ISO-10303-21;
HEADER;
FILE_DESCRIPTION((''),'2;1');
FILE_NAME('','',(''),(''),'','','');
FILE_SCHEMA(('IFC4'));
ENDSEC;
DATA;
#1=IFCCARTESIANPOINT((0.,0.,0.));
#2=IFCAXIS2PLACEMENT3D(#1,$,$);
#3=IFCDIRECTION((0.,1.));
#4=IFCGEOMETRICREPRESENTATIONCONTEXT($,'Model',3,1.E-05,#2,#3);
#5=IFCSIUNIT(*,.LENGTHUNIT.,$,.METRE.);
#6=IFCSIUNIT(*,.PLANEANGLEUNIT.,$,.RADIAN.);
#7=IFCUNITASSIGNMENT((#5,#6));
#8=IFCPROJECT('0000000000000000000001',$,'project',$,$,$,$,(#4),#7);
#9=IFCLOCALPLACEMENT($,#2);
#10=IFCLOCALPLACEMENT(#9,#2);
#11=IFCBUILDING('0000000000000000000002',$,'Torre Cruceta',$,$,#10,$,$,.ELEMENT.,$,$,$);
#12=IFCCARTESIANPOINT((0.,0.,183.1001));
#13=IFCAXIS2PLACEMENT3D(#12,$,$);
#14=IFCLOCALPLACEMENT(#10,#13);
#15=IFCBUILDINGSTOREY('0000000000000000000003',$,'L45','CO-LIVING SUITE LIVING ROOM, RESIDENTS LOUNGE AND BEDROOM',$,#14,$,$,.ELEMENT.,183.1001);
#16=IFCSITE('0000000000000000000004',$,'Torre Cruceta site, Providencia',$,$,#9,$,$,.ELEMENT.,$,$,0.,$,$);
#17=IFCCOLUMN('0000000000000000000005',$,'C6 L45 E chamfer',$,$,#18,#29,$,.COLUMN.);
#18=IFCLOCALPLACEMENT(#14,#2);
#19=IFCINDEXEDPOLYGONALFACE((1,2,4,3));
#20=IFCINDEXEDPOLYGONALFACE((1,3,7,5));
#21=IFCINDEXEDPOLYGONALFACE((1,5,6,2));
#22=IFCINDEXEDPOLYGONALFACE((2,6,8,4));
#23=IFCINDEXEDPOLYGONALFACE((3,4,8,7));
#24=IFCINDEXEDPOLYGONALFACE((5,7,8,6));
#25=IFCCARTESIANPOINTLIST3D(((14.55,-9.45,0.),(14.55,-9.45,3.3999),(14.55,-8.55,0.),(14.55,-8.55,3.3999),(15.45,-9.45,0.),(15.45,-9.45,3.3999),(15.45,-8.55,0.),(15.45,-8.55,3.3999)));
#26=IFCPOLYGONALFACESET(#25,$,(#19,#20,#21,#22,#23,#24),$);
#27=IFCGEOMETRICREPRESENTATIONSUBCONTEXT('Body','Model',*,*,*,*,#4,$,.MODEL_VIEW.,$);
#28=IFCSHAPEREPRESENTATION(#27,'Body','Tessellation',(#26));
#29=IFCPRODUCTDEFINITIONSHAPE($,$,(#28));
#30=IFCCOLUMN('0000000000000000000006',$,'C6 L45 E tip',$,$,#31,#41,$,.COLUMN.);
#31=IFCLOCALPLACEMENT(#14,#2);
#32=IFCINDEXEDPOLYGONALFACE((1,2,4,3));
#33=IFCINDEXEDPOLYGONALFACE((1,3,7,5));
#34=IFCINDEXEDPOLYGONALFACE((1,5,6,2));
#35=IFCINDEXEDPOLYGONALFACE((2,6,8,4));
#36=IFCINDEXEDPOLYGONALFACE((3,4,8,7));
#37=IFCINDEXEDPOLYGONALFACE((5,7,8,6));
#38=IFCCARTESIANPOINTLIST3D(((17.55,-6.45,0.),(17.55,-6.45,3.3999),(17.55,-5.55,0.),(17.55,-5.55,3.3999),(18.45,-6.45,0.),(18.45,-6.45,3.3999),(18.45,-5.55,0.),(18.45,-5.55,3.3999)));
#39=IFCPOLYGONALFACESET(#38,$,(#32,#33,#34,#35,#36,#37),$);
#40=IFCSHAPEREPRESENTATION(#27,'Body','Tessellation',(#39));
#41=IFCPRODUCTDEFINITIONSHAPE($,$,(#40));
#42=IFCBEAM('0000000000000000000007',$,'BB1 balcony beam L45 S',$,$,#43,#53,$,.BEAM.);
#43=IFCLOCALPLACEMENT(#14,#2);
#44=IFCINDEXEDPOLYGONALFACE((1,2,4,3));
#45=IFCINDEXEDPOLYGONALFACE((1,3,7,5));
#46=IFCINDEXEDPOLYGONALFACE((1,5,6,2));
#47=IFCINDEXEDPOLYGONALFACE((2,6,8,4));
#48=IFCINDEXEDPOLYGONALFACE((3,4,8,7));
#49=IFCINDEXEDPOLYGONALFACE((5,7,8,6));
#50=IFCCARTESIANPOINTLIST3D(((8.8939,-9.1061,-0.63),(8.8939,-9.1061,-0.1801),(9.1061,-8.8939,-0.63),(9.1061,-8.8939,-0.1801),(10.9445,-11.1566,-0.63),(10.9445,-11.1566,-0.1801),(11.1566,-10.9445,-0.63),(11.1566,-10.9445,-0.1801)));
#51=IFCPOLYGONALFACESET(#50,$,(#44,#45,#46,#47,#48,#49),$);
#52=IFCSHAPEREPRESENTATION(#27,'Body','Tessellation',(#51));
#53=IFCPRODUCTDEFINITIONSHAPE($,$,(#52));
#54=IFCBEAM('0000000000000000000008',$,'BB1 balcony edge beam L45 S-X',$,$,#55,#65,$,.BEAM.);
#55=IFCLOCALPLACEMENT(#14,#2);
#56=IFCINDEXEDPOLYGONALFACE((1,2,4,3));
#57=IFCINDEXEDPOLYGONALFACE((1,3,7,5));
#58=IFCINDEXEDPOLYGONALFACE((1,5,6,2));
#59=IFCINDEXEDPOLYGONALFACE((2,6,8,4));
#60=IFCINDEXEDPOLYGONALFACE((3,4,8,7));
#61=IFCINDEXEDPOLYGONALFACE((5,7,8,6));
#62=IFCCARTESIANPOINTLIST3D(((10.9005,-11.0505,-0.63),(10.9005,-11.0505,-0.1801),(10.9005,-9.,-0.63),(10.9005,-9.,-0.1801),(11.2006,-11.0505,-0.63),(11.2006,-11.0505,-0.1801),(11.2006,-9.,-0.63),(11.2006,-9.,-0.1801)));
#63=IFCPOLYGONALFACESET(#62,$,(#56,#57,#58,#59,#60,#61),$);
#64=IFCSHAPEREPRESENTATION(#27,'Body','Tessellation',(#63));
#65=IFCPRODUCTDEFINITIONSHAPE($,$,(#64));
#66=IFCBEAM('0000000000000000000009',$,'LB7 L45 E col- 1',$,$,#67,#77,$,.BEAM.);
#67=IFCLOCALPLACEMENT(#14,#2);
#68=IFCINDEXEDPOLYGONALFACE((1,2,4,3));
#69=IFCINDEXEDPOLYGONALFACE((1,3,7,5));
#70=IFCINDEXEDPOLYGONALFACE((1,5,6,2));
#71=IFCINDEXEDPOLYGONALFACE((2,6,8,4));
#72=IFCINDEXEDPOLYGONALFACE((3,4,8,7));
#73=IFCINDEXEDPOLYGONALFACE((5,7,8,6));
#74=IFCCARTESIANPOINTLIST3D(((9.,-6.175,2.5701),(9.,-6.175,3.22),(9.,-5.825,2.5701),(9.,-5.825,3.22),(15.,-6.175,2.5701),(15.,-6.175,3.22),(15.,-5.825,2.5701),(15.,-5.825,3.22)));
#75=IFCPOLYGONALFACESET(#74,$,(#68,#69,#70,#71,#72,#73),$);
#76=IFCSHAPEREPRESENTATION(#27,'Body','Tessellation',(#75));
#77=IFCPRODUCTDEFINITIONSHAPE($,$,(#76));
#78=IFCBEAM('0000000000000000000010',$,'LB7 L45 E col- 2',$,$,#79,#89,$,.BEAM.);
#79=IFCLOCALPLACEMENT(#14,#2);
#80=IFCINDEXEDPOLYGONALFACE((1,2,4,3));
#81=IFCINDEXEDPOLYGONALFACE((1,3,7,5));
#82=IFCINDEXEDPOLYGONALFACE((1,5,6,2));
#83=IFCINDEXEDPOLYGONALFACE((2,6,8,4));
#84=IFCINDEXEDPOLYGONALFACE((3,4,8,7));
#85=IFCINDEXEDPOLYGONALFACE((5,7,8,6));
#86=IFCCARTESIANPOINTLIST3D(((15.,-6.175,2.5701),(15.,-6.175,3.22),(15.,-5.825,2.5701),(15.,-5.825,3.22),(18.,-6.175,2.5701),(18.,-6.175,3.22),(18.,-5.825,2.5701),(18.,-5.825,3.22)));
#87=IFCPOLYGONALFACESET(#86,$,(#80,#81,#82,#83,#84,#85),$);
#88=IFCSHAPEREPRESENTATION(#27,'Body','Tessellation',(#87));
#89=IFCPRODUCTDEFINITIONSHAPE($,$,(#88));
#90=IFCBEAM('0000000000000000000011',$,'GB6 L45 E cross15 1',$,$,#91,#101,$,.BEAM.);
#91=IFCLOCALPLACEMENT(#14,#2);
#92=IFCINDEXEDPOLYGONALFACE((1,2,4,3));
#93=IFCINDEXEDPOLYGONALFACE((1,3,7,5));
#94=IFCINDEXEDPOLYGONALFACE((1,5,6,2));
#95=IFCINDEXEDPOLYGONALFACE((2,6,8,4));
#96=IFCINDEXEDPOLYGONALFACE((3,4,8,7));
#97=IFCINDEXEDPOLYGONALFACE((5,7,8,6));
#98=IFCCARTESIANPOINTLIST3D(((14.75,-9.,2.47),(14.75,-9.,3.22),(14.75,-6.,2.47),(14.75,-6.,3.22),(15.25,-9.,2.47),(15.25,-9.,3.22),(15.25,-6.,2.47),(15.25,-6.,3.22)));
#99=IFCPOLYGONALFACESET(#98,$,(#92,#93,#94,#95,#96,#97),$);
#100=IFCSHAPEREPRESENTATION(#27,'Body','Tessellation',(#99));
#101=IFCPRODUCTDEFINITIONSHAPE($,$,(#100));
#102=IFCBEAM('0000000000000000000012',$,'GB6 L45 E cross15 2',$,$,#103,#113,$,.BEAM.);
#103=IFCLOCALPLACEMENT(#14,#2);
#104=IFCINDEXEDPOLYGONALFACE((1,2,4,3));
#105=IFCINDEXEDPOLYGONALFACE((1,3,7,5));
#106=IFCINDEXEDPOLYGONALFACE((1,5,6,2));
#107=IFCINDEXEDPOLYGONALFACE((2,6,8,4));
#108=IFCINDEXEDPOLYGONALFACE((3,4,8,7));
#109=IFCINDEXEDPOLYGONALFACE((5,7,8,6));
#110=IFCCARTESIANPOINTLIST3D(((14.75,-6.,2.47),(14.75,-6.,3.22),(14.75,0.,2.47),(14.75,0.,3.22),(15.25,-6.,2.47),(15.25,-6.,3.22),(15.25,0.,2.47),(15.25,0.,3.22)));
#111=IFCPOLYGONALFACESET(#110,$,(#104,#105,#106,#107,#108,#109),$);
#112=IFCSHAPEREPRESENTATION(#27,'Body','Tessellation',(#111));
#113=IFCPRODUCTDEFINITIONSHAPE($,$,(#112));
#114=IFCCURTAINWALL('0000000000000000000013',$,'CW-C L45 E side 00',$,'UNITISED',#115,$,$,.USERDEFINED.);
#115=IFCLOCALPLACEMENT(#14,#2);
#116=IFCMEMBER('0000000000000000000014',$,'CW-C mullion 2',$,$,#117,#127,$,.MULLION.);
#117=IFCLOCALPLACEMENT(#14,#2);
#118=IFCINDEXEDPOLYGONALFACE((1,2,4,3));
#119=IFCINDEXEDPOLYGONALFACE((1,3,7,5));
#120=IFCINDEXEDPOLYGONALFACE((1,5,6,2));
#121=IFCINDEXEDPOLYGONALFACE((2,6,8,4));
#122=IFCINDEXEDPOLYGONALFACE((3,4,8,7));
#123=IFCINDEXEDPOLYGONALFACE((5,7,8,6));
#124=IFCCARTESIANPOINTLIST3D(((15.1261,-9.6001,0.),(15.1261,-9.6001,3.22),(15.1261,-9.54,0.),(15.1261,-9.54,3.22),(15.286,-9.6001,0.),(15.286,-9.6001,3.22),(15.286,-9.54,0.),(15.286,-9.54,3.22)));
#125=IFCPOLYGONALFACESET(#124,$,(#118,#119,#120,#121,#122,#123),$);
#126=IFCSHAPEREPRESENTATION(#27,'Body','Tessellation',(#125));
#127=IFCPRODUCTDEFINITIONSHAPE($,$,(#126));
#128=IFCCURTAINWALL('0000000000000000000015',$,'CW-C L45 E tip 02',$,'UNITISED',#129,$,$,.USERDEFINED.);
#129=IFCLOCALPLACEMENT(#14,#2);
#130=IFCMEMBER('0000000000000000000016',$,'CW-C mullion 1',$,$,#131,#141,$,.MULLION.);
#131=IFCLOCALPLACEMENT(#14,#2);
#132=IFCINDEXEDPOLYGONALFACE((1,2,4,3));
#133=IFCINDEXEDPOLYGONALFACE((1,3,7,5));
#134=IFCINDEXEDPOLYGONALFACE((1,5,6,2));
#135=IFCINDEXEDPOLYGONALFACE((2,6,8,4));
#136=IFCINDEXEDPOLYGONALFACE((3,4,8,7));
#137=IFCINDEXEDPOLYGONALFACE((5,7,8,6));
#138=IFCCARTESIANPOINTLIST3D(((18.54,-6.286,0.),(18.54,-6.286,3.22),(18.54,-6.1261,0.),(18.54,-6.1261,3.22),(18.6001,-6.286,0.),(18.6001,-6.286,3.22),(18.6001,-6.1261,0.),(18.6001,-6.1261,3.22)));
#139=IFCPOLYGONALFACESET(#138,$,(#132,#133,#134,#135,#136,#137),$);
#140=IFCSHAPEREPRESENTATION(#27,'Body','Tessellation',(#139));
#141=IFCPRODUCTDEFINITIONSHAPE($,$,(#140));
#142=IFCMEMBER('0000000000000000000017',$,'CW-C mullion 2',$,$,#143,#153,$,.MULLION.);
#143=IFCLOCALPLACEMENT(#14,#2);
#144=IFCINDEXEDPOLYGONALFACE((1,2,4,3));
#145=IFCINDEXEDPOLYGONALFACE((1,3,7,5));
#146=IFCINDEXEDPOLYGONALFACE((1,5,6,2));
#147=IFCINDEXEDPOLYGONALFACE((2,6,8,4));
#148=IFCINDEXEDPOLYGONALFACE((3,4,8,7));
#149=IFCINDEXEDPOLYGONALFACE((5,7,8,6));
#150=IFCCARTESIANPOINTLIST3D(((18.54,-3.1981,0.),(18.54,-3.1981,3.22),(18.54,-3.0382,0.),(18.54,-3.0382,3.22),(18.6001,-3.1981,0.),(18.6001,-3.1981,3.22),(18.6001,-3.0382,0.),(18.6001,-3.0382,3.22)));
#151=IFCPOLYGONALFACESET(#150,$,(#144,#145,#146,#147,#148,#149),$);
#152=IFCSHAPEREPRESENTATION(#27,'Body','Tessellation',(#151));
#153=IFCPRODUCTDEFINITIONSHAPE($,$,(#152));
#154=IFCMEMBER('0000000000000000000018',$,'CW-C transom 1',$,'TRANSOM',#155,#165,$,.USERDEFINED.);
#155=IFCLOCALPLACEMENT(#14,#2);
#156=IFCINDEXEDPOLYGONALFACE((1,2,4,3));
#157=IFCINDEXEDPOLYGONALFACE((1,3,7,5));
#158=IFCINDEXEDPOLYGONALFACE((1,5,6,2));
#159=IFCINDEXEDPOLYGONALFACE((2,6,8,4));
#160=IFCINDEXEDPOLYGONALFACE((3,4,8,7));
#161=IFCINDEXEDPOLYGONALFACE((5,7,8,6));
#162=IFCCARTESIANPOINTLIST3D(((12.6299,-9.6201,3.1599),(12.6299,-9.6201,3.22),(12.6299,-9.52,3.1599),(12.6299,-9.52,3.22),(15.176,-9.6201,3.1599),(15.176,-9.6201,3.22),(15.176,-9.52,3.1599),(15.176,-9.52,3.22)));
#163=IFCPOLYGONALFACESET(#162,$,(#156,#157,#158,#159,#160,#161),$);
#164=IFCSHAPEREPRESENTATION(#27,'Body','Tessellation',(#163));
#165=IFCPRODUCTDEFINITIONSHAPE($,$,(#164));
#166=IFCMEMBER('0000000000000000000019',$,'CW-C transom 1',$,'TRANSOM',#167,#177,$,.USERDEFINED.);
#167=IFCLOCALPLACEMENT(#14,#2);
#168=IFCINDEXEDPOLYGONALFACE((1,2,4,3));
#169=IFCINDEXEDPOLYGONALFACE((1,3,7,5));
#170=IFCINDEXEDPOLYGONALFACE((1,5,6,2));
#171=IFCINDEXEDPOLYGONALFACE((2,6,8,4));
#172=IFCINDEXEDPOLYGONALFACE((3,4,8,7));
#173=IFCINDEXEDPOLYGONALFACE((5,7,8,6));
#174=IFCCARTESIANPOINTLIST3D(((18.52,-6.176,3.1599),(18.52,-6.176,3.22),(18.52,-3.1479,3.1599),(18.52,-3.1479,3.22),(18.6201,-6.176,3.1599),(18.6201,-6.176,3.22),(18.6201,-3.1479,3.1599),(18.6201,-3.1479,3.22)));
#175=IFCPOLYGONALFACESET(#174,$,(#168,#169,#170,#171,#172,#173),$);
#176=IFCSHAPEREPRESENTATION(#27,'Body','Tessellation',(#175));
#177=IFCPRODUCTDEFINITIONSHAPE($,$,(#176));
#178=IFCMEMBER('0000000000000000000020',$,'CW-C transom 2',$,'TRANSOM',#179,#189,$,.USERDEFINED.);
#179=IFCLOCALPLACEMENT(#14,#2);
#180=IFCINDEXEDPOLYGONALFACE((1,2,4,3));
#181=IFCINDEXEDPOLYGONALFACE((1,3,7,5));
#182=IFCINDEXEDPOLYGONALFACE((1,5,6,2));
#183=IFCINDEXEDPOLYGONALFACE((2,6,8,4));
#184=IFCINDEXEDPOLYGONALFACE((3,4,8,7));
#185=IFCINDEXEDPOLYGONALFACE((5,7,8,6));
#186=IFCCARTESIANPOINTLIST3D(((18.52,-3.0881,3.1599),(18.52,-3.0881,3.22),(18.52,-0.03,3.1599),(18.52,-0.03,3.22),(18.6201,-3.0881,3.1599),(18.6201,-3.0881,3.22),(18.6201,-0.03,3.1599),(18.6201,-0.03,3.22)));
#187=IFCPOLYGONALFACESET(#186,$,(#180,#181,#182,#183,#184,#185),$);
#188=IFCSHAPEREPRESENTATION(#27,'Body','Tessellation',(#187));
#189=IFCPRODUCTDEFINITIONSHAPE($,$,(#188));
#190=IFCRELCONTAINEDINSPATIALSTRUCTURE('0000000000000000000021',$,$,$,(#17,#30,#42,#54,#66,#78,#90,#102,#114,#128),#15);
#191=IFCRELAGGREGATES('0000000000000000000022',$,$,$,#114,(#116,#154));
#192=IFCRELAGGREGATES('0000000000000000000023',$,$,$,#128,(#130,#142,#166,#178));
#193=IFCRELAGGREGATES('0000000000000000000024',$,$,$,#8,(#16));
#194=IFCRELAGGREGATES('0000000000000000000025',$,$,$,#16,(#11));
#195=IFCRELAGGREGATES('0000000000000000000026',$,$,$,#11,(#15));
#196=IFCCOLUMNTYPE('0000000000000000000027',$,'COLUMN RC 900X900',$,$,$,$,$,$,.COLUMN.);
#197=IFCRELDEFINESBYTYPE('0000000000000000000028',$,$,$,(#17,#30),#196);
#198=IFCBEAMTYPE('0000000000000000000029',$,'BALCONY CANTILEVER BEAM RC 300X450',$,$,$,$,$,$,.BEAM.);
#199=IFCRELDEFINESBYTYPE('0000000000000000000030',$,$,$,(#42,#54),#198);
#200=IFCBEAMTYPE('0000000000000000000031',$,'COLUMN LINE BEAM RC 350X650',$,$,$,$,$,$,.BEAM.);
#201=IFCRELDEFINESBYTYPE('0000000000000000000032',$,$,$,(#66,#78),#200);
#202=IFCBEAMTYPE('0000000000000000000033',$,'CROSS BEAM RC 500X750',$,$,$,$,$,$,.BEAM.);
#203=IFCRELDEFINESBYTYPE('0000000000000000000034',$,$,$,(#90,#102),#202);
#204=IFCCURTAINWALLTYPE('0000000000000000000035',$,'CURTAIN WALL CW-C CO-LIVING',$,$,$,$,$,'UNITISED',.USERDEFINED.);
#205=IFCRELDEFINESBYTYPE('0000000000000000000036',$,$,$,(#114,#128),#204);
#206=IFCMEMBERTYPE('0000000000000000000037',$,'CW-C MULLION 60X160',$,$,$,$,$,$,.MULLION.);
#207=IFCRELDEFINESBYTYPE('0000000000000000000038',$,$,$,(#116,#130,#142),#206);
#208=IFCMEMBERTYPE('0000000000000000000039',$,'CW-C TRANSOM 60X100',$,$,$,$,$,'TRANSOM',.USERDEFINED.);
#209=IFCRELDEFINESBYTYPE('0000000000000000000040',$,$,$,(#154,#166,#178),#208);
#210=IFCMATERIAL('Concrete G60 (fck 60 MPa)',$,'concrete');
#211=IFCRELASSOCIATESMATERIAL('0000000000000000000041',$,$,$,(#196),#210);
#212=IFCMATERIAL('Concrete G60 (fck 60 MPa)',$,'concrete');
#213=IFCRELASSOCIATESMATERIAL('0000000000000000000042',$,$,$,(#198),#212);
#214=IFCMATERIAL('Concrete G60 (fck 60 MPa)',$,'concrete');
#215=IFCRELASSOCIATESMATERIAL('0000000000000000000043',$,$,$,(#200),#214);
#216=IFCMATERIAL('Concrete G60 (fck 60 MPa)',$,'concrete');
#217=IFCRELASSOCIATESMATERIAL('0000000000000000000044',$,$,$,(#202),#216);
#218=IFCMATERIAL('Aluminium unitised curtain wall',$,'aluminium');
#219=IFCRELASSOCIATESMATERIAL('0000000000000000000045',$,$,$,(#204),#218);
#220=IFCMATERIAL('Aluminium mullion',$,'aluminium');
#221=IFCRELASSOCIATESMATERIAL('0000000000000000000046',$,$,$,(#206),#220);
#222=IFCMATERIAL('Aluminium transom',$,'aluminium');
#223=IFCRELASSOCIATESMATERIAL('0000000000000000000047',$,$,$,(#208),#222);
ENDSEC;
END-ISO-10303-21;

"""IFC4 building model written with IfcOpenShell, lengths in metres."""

from ifc_helpers import new_model, si_unit, direction, frame, origin, origin_2d, place, context, subcontext, project, spatial, rectangle, extrude, material, material_profile, profile_set, type_object, element, aggregate, save


model = new_model("IFC4")

# Units and contexts
model_context = context("Model", 3, precision=1e-05, world=origin(), true_north=direction((0.0, 1.0)))
body_context = subcontext(model_context, "Body", "Model", "MODEL_VIEW")
ifc_project = project(units=[si_unit("LENGTHUNIT", "METRE"), si_unit("PLANEANGLEUNIT", "RADIAN")], contexts=[model_context])

# Site, building, storey
site_placement = place(None, origin())
site = spatial("IfcSite", under=ifc_project, at=site_placement, Name="Torre Cruceta site, Providencia", CompositionType="ELEMENT", RefElevation=0.0)
building_placement = place(site_placement, origin())
building = spatial("IfcBuilding", under=site, at=building_placement, Name="Torre Cruceta", CompositionType="ELEMENT")
storey_placement = place(building_placement, frame((0.0, 0.0, 183.1001)))
storey = spatial("IfcBuildingStorey", under=building, at=storey_placement, Name="L45", Description="CO-LIVING SUITE LIVING ROOM, RESIDENTS LOUNGE AND BEDROOM", CompositionType="ELEMENT", Elevation=183.1001)

# Columns
ifc_material_1 = material(Name="Concrete G60 (fck 60 MPa)", Category="concrete")
ifc_material_profile_1 = material_profile(ifc_material_1, rectangle(XDim=0.8999, YDim=0.8999, at=origin_2d()), Name="RC 900X900")
ifc_profile_set_1 = profile_set([ifc_material_profile_1], Name="Concrete G60 (fck 60 MPa)")
column_type = type_object("IfcColumnType", Name="COLUMN RC 900X900", PredefinedType="COLUMN", material=ifc_profile_set_1)
for number, where, z_axis, x_axis, name in (
    (1, (15.0, -9.0, 0.0), (0.0, 0.0, 1.0), (1.0, 0.0, 0.0), "C6 L45 E chamfer"),
    (2, (18.0, -6.0, 0.0), (0.0, 0.0, 1.0), (1.0, 0.0, 0.0), "C6 L45 E tip"),
):
    element("IfcColumn", number, at=place(storey_placement, frame(where, z_axis=z_axis, x_axis=x_axis)), inside=storey, type_object=column_type, Name=name, PredefinedType="COLUMN", context=body_context, shape_type="SweptSolid", body=[
        extrude(rectangle(XDim=0.8999, YDim=0.8999, at=origin_2d()), origin(), (0.0, 0.0, 1.0), 3.3999),
    ])

# Beams
ifc_material_2 = material(Name="Concrete G60 (fck 60 MPa)", Category="concrete")
ifc_material_profile_2 = material_profile(ifc_material_2, rectangle(XDim=0.3, YDim=0.45, at=origin_2d()), Name="RC 300X450")
ifc_profile_set_2 = profile_set([ifc_material_profile_2], Name="Concrete G60 (fck 60 MPa)")
beam_type_1 = type_object("IfcBeamType", Name="BALCONY CANTILEVER BEAM RC 300X450", PredefinedType="BEAM", material=ifc_profile_set_2)
beam_1_placement = place(storey_placement, frame((9.0, -9.0, -0.405), z_axis=(0.707107, -0.707107, 0.0), x_axis=(0.707107, 0.707107, 0.0)))
element("IfcBeam", 3, at=beam_1_placement, inside=storey, type_object=beam_type_1, Name="BB1 balcony beam L45 S", PredefinedType="BEAM", context=body_context, shape_type="SweptSolid", body=[
    extrude(rectangle(XDim=0.3, YDim=0.45, at=origin_2d()), origin(), (0.0, 0.0, 1.0), 2.8999),
])
beam_2_placement = place(storey_placement, frame((11.0505, -9.0, -0.405), z_axis=(0.0, -1.0, 0.0), x_axis=(1.0, 0.0, 0.0)))
element("IfcBeam", 4, at=beam_2_placement, inside=storey, type_object=beam_type_1, Name="BB1 balcony edge beam L45 S-X", PredefinedType="BEAM", context=body_context, shape_type="SweptSolid", body=[
    extrude(rectangle(XDim=0.3, YDim=0.45, at=origin_2d()), origin(), (0.0, 0.0, 1.0), 2.0505),
])
ifc_material_3 = material(Name="Concrete G60 (fck 60 MPa)", Category="concrete")
ifc_material_profile_3 = material_profile(ifc_material_3, rectangle(XDim=0.3501, YDim=0.6499, at=origin_2d()), Name="RC 350X650")
ifc_profile_set_3 = profile_set([ifc_material_profile_3], Name="Concrete G60 (fck 60 MPa)")
beam_type_2 = type_object("IfcBeamType", Name="COLUMN LINE BEAM RC 350X650", PredefinedType="BEAM", material=ifc_profile_set_3)
beam_3_placement = place(storey_placement, frame((9.0, -6.0, 2.895), z_axis=(1.0, 0.0, 0.0), x_axis=(0.0, 1.0, 0.0)))
element("IfcBeam", 5, at=beam_3_placement, inside=storey, type_object=beam_type_2, Name="LB7 L45 E col- 1", PredefinedType="BEAM", context=body_context, shape_type="SweptSolid", body=[
    extrude(rectangle(XDim=0.3501, YDim=0.6499, at=origin_2d()), origin(), (0.0, 0.0, 1.0), 6.0),
])
beam_4_placement = place(storey_placement, frame((15.0, -6.0, 2.895), z_axis=(1.0, 0.0, 0.0), x_axis=(0.0, 1.0, 0.0)))
element("IfcBeam", 6, at=beam_4_placement, inside=storey, type_object=beam_type_2, Name="LB7 L45 E col- 2", PredefinedType="BEAM", context=body_context, shape_type="SweptSolid", body=[
    extrude(rectangle(XDim=0.3501, YDim=0.6499, at=origin_2d()), origin(), (0.0, 0.0, 1.0), 3.0),
])
ifc_material_4 = material(Name="Concrete G60 (fck 60 MPa)", Category="concrete")
ifc_material_profile_4 = material_profile(ifc_material_4, rectangle(XDim=0.5, YDim=0.75, at=origin_2d()), Name="RC 500X750")
ifc_profile_set_4 = profile_set([ifc_material_profile_4], Name="Concrete G60 (fck 60 MPa)")
beam_type_3 = type_object("IfcBeamType", Name="CROSS BEAM RC 500X750", PredefinedType="BEAM", material=ifc_profile_set_4)
beam_5_placement = place(storey_placement, frame((15.0, -9.0, 2.845), z_axis=(0.0, 1.0, 0.0), x_axis=(-1.0, 0.0, 0.0)))
element("IfcBeam", 7, at=beam_5_placement, inside=storey, type_object=beam_type_3, Name="GB6 L45 E cross15 1", PredefinedType="BEAM", context=body_context, shape_type="SweptSolid", body=[
    extrude(rectangle(XDim=0.5, YDim=0.75, at=origin_2d()), origin(), (0.0, 0.0, 1.0), 3.0),
])
beam_6_placement = place(storey_placement, frame((15.0, -6.0, 2.845), z_axis=(0.0, 1.0, 0.0), x_axis=(-1.0, 0.0, 0.0)))
element("IfcBeam", 8, at=beam_6_placement, inside=storey, type_object=beam_type_3, Name="GB6 L45 E cross15 2", PredefinedType="BEAM", context=body_context, shape_type="SweptSolid", body=[
    extrude(rectangle(XDim=0.5, YDim=0.75, at=origin_2d()), origin(), (0.0, 0.0, 1.0), 6.0),
])

# Curtain wall, member
ifc_material_5 = material(Name="Aluminium unitised curtain wall", Category="aluminium")
curtain_wall_type = type_object("IfcCurtainWallType", Name="CURTAIN WALL CW-C CO-LIVING", ElementType="UNITISED", PredefinedType="USERDEFINED", material=ifc_material_5)
curtain_wall_1_placement = place(storey_placement, origin())
curtain_wall_1 = element("IfcCurtainWall", 9, at=curtain_wall_1_placement, inside=storey, type_object=curtain_wall_type, Name="CW-C L45 E side 00", ObjectType="UNITISED", PredefinedType="USERDEFINED")
ifc_material_6 = material(Name="Aluminium mullion", Category="aluminium")
ifc_material_profile_5 = material_profile(ifc_material_6, rectangle(XDim=0.0601, YDim=0.1599, at=origin_2d()), Name="AL 60X160")
ifc_profile_set_5 = profile_set([ifc_material_profile_5], Name="Aluminium mullion")
member_type_1 = type_object("IfcMemberType", Name="CW-C MULLION 60X160", PredefinedType="MULLION", material=ifc_profile_set_5)
member_1_placement = place(storey_placement, frame((15.2061, -9.5701, 0.0), z_axis=(0.0, 0.0, 1.0), x_axis=(0.0, 1.0, 0.0)))
member_1 = element("IfcMember", 10, at=member_1_placement, type_object=member_type_1, Name="CW-C mullion 2", PredefinedType="MULLION", context=body_context, shape_type="SweptSolid", body=[
    extrude(rectangle(XDim=0.0601, YDim=0.1599, at=origin_2d()), origin(), (0.0, 0.0, 1.0), 3.22),
])

# Curtain wall, members
curtain_wall_2_placement = place(storey_placement, origin())
curtain_wall_2 = element("IfcCurtainWall", 11, at=curtain_wall_2_placement, inside=storey, type_object=curtain_wall_type, Name="CW-C L45 E tip 02", ObjectType="UNITISED", PredefinedType="USERDEFINED")
member_2_placement = place(storey_placement, frame((18.5701, -6.2061, 0.0), z_axis=(0.0, 0.0, 1.0), x_axis=(-1.0, 0.0, 0.0)))
member_2 = element("IfcMember", 12, at=member_2_placement, type_object=member_type_1, Name="CW-C mullion 1", PredefinedType="MULLION", context=body_context, shape_type="SweptSolid", body=[
    extrude(rectangle(XDim=0.0601, YDim=0.1599, at=origin_2d()), origin(), (0.0, 0.0, 1.0), 3.22),
])
member_3_placement = place(storey_placement, frame((18.5701, -3.1182, 0.0), z_axis=(0.0, 0.0, 1.0), x_axis=(-1.0, 0.0, 0.0)))
member_3 = element("IfcMember", 13, at=member_3_placement, type_object=member_type_1, Name="CW-C mullion 2", PredefinedType="MULLION", context=body_context, shape_type="SweptSolid", body=[
    extrude(rectangle(XDim=0.0601, YDim=0.1599, at=origin_2d()), origin(), (0.0, 0.0, 1.0), 3.22),
])

# Members
ifc_material_7 = material(Name="Aluminium transom", Category="aluminium")
ifc_material_profile_6 = material_profile(ifc_material_7, rectangle(XDim=0.1001, YDim=0.0601, at=origin_2d()), Name="AL 100X60")
ifc_profile_set_6 = profile_set([ifc_material_profile_6], Name="Aluminium transom")
member_type_2 = type_object("IfcMemberType", Name="CW-C TRANSOM 60X100", ElementType="TRANSOM", PredefinedType="USERDEFINED", material=ifc_profile_set_6)
member_4_placement = place(storey_placement, frame((12.6299, -9.5701, 3.1899), z_axis=(1.0, 0.0, 0.0), x_axis=(0.0, 1.0, 0.0)))
member_4 = element("IfcMember", 14, at=member_4_placement, type_object=member_type_2, Name="CW-C transom 1", ObjectType="TRANSOM", PredefinedType="USERDEFINED", context=body_context, shape_type="SweptSolid", body=[
    extrude(rectangle(XDim=0.1001, YDim=0.0601, at=origin_2d()), origin(), (0.0, 0.0, 1.0), 2.5461),
])
member_5_placement = place(storey_placement, frame((18.5701, -6.176, 3.1899), z_axis=(0.0, 1.0, 0.0), x_axis=(-1.0, 0.0, 0.0)))
member_5 = element("IfcMember", 15, at=member_5_placement, type_object=member_type_2, Name="CW-C transom 1", ObjectType="TRANSOM", PredefinedType="USERDEFINED", context=body_context, shape_type="SweptSolid", body=[
    extrude(rectangle(XDim=0.1001, YDim=0.0601, at=origin_2d()), origin(), (0.0, 0.0, 1.0), 3.0281),
])
member_6_placement = place(storey_placement, frame((18.5701, -3.0881, 3.1899), z_axis=(0.0, 1.0, 0.0), x_axis=(-1.0, 0.0, 0.0)))
member_6 = element("IfcMember", 16, at=member_6_placement, type_object=member_type_2, Name="CW-C transom 2", ObjectType="TRANSOM", PredefinedType="USERDEFINED", context=body_context, shape_type="SweptSolid", body=[
    extrude(rectangle(XDim=0.1001, YDim=0.0601, at=origin_2d()), origin(), (0.0, 0.0, 1.0), 3.0581),
])

aggregate(curtain_wall_1, [member_1, member_4])
aggregate(curtain_wall_2, [member_2, member_3, member_5, member_6])

save(model, "model.ifc")
